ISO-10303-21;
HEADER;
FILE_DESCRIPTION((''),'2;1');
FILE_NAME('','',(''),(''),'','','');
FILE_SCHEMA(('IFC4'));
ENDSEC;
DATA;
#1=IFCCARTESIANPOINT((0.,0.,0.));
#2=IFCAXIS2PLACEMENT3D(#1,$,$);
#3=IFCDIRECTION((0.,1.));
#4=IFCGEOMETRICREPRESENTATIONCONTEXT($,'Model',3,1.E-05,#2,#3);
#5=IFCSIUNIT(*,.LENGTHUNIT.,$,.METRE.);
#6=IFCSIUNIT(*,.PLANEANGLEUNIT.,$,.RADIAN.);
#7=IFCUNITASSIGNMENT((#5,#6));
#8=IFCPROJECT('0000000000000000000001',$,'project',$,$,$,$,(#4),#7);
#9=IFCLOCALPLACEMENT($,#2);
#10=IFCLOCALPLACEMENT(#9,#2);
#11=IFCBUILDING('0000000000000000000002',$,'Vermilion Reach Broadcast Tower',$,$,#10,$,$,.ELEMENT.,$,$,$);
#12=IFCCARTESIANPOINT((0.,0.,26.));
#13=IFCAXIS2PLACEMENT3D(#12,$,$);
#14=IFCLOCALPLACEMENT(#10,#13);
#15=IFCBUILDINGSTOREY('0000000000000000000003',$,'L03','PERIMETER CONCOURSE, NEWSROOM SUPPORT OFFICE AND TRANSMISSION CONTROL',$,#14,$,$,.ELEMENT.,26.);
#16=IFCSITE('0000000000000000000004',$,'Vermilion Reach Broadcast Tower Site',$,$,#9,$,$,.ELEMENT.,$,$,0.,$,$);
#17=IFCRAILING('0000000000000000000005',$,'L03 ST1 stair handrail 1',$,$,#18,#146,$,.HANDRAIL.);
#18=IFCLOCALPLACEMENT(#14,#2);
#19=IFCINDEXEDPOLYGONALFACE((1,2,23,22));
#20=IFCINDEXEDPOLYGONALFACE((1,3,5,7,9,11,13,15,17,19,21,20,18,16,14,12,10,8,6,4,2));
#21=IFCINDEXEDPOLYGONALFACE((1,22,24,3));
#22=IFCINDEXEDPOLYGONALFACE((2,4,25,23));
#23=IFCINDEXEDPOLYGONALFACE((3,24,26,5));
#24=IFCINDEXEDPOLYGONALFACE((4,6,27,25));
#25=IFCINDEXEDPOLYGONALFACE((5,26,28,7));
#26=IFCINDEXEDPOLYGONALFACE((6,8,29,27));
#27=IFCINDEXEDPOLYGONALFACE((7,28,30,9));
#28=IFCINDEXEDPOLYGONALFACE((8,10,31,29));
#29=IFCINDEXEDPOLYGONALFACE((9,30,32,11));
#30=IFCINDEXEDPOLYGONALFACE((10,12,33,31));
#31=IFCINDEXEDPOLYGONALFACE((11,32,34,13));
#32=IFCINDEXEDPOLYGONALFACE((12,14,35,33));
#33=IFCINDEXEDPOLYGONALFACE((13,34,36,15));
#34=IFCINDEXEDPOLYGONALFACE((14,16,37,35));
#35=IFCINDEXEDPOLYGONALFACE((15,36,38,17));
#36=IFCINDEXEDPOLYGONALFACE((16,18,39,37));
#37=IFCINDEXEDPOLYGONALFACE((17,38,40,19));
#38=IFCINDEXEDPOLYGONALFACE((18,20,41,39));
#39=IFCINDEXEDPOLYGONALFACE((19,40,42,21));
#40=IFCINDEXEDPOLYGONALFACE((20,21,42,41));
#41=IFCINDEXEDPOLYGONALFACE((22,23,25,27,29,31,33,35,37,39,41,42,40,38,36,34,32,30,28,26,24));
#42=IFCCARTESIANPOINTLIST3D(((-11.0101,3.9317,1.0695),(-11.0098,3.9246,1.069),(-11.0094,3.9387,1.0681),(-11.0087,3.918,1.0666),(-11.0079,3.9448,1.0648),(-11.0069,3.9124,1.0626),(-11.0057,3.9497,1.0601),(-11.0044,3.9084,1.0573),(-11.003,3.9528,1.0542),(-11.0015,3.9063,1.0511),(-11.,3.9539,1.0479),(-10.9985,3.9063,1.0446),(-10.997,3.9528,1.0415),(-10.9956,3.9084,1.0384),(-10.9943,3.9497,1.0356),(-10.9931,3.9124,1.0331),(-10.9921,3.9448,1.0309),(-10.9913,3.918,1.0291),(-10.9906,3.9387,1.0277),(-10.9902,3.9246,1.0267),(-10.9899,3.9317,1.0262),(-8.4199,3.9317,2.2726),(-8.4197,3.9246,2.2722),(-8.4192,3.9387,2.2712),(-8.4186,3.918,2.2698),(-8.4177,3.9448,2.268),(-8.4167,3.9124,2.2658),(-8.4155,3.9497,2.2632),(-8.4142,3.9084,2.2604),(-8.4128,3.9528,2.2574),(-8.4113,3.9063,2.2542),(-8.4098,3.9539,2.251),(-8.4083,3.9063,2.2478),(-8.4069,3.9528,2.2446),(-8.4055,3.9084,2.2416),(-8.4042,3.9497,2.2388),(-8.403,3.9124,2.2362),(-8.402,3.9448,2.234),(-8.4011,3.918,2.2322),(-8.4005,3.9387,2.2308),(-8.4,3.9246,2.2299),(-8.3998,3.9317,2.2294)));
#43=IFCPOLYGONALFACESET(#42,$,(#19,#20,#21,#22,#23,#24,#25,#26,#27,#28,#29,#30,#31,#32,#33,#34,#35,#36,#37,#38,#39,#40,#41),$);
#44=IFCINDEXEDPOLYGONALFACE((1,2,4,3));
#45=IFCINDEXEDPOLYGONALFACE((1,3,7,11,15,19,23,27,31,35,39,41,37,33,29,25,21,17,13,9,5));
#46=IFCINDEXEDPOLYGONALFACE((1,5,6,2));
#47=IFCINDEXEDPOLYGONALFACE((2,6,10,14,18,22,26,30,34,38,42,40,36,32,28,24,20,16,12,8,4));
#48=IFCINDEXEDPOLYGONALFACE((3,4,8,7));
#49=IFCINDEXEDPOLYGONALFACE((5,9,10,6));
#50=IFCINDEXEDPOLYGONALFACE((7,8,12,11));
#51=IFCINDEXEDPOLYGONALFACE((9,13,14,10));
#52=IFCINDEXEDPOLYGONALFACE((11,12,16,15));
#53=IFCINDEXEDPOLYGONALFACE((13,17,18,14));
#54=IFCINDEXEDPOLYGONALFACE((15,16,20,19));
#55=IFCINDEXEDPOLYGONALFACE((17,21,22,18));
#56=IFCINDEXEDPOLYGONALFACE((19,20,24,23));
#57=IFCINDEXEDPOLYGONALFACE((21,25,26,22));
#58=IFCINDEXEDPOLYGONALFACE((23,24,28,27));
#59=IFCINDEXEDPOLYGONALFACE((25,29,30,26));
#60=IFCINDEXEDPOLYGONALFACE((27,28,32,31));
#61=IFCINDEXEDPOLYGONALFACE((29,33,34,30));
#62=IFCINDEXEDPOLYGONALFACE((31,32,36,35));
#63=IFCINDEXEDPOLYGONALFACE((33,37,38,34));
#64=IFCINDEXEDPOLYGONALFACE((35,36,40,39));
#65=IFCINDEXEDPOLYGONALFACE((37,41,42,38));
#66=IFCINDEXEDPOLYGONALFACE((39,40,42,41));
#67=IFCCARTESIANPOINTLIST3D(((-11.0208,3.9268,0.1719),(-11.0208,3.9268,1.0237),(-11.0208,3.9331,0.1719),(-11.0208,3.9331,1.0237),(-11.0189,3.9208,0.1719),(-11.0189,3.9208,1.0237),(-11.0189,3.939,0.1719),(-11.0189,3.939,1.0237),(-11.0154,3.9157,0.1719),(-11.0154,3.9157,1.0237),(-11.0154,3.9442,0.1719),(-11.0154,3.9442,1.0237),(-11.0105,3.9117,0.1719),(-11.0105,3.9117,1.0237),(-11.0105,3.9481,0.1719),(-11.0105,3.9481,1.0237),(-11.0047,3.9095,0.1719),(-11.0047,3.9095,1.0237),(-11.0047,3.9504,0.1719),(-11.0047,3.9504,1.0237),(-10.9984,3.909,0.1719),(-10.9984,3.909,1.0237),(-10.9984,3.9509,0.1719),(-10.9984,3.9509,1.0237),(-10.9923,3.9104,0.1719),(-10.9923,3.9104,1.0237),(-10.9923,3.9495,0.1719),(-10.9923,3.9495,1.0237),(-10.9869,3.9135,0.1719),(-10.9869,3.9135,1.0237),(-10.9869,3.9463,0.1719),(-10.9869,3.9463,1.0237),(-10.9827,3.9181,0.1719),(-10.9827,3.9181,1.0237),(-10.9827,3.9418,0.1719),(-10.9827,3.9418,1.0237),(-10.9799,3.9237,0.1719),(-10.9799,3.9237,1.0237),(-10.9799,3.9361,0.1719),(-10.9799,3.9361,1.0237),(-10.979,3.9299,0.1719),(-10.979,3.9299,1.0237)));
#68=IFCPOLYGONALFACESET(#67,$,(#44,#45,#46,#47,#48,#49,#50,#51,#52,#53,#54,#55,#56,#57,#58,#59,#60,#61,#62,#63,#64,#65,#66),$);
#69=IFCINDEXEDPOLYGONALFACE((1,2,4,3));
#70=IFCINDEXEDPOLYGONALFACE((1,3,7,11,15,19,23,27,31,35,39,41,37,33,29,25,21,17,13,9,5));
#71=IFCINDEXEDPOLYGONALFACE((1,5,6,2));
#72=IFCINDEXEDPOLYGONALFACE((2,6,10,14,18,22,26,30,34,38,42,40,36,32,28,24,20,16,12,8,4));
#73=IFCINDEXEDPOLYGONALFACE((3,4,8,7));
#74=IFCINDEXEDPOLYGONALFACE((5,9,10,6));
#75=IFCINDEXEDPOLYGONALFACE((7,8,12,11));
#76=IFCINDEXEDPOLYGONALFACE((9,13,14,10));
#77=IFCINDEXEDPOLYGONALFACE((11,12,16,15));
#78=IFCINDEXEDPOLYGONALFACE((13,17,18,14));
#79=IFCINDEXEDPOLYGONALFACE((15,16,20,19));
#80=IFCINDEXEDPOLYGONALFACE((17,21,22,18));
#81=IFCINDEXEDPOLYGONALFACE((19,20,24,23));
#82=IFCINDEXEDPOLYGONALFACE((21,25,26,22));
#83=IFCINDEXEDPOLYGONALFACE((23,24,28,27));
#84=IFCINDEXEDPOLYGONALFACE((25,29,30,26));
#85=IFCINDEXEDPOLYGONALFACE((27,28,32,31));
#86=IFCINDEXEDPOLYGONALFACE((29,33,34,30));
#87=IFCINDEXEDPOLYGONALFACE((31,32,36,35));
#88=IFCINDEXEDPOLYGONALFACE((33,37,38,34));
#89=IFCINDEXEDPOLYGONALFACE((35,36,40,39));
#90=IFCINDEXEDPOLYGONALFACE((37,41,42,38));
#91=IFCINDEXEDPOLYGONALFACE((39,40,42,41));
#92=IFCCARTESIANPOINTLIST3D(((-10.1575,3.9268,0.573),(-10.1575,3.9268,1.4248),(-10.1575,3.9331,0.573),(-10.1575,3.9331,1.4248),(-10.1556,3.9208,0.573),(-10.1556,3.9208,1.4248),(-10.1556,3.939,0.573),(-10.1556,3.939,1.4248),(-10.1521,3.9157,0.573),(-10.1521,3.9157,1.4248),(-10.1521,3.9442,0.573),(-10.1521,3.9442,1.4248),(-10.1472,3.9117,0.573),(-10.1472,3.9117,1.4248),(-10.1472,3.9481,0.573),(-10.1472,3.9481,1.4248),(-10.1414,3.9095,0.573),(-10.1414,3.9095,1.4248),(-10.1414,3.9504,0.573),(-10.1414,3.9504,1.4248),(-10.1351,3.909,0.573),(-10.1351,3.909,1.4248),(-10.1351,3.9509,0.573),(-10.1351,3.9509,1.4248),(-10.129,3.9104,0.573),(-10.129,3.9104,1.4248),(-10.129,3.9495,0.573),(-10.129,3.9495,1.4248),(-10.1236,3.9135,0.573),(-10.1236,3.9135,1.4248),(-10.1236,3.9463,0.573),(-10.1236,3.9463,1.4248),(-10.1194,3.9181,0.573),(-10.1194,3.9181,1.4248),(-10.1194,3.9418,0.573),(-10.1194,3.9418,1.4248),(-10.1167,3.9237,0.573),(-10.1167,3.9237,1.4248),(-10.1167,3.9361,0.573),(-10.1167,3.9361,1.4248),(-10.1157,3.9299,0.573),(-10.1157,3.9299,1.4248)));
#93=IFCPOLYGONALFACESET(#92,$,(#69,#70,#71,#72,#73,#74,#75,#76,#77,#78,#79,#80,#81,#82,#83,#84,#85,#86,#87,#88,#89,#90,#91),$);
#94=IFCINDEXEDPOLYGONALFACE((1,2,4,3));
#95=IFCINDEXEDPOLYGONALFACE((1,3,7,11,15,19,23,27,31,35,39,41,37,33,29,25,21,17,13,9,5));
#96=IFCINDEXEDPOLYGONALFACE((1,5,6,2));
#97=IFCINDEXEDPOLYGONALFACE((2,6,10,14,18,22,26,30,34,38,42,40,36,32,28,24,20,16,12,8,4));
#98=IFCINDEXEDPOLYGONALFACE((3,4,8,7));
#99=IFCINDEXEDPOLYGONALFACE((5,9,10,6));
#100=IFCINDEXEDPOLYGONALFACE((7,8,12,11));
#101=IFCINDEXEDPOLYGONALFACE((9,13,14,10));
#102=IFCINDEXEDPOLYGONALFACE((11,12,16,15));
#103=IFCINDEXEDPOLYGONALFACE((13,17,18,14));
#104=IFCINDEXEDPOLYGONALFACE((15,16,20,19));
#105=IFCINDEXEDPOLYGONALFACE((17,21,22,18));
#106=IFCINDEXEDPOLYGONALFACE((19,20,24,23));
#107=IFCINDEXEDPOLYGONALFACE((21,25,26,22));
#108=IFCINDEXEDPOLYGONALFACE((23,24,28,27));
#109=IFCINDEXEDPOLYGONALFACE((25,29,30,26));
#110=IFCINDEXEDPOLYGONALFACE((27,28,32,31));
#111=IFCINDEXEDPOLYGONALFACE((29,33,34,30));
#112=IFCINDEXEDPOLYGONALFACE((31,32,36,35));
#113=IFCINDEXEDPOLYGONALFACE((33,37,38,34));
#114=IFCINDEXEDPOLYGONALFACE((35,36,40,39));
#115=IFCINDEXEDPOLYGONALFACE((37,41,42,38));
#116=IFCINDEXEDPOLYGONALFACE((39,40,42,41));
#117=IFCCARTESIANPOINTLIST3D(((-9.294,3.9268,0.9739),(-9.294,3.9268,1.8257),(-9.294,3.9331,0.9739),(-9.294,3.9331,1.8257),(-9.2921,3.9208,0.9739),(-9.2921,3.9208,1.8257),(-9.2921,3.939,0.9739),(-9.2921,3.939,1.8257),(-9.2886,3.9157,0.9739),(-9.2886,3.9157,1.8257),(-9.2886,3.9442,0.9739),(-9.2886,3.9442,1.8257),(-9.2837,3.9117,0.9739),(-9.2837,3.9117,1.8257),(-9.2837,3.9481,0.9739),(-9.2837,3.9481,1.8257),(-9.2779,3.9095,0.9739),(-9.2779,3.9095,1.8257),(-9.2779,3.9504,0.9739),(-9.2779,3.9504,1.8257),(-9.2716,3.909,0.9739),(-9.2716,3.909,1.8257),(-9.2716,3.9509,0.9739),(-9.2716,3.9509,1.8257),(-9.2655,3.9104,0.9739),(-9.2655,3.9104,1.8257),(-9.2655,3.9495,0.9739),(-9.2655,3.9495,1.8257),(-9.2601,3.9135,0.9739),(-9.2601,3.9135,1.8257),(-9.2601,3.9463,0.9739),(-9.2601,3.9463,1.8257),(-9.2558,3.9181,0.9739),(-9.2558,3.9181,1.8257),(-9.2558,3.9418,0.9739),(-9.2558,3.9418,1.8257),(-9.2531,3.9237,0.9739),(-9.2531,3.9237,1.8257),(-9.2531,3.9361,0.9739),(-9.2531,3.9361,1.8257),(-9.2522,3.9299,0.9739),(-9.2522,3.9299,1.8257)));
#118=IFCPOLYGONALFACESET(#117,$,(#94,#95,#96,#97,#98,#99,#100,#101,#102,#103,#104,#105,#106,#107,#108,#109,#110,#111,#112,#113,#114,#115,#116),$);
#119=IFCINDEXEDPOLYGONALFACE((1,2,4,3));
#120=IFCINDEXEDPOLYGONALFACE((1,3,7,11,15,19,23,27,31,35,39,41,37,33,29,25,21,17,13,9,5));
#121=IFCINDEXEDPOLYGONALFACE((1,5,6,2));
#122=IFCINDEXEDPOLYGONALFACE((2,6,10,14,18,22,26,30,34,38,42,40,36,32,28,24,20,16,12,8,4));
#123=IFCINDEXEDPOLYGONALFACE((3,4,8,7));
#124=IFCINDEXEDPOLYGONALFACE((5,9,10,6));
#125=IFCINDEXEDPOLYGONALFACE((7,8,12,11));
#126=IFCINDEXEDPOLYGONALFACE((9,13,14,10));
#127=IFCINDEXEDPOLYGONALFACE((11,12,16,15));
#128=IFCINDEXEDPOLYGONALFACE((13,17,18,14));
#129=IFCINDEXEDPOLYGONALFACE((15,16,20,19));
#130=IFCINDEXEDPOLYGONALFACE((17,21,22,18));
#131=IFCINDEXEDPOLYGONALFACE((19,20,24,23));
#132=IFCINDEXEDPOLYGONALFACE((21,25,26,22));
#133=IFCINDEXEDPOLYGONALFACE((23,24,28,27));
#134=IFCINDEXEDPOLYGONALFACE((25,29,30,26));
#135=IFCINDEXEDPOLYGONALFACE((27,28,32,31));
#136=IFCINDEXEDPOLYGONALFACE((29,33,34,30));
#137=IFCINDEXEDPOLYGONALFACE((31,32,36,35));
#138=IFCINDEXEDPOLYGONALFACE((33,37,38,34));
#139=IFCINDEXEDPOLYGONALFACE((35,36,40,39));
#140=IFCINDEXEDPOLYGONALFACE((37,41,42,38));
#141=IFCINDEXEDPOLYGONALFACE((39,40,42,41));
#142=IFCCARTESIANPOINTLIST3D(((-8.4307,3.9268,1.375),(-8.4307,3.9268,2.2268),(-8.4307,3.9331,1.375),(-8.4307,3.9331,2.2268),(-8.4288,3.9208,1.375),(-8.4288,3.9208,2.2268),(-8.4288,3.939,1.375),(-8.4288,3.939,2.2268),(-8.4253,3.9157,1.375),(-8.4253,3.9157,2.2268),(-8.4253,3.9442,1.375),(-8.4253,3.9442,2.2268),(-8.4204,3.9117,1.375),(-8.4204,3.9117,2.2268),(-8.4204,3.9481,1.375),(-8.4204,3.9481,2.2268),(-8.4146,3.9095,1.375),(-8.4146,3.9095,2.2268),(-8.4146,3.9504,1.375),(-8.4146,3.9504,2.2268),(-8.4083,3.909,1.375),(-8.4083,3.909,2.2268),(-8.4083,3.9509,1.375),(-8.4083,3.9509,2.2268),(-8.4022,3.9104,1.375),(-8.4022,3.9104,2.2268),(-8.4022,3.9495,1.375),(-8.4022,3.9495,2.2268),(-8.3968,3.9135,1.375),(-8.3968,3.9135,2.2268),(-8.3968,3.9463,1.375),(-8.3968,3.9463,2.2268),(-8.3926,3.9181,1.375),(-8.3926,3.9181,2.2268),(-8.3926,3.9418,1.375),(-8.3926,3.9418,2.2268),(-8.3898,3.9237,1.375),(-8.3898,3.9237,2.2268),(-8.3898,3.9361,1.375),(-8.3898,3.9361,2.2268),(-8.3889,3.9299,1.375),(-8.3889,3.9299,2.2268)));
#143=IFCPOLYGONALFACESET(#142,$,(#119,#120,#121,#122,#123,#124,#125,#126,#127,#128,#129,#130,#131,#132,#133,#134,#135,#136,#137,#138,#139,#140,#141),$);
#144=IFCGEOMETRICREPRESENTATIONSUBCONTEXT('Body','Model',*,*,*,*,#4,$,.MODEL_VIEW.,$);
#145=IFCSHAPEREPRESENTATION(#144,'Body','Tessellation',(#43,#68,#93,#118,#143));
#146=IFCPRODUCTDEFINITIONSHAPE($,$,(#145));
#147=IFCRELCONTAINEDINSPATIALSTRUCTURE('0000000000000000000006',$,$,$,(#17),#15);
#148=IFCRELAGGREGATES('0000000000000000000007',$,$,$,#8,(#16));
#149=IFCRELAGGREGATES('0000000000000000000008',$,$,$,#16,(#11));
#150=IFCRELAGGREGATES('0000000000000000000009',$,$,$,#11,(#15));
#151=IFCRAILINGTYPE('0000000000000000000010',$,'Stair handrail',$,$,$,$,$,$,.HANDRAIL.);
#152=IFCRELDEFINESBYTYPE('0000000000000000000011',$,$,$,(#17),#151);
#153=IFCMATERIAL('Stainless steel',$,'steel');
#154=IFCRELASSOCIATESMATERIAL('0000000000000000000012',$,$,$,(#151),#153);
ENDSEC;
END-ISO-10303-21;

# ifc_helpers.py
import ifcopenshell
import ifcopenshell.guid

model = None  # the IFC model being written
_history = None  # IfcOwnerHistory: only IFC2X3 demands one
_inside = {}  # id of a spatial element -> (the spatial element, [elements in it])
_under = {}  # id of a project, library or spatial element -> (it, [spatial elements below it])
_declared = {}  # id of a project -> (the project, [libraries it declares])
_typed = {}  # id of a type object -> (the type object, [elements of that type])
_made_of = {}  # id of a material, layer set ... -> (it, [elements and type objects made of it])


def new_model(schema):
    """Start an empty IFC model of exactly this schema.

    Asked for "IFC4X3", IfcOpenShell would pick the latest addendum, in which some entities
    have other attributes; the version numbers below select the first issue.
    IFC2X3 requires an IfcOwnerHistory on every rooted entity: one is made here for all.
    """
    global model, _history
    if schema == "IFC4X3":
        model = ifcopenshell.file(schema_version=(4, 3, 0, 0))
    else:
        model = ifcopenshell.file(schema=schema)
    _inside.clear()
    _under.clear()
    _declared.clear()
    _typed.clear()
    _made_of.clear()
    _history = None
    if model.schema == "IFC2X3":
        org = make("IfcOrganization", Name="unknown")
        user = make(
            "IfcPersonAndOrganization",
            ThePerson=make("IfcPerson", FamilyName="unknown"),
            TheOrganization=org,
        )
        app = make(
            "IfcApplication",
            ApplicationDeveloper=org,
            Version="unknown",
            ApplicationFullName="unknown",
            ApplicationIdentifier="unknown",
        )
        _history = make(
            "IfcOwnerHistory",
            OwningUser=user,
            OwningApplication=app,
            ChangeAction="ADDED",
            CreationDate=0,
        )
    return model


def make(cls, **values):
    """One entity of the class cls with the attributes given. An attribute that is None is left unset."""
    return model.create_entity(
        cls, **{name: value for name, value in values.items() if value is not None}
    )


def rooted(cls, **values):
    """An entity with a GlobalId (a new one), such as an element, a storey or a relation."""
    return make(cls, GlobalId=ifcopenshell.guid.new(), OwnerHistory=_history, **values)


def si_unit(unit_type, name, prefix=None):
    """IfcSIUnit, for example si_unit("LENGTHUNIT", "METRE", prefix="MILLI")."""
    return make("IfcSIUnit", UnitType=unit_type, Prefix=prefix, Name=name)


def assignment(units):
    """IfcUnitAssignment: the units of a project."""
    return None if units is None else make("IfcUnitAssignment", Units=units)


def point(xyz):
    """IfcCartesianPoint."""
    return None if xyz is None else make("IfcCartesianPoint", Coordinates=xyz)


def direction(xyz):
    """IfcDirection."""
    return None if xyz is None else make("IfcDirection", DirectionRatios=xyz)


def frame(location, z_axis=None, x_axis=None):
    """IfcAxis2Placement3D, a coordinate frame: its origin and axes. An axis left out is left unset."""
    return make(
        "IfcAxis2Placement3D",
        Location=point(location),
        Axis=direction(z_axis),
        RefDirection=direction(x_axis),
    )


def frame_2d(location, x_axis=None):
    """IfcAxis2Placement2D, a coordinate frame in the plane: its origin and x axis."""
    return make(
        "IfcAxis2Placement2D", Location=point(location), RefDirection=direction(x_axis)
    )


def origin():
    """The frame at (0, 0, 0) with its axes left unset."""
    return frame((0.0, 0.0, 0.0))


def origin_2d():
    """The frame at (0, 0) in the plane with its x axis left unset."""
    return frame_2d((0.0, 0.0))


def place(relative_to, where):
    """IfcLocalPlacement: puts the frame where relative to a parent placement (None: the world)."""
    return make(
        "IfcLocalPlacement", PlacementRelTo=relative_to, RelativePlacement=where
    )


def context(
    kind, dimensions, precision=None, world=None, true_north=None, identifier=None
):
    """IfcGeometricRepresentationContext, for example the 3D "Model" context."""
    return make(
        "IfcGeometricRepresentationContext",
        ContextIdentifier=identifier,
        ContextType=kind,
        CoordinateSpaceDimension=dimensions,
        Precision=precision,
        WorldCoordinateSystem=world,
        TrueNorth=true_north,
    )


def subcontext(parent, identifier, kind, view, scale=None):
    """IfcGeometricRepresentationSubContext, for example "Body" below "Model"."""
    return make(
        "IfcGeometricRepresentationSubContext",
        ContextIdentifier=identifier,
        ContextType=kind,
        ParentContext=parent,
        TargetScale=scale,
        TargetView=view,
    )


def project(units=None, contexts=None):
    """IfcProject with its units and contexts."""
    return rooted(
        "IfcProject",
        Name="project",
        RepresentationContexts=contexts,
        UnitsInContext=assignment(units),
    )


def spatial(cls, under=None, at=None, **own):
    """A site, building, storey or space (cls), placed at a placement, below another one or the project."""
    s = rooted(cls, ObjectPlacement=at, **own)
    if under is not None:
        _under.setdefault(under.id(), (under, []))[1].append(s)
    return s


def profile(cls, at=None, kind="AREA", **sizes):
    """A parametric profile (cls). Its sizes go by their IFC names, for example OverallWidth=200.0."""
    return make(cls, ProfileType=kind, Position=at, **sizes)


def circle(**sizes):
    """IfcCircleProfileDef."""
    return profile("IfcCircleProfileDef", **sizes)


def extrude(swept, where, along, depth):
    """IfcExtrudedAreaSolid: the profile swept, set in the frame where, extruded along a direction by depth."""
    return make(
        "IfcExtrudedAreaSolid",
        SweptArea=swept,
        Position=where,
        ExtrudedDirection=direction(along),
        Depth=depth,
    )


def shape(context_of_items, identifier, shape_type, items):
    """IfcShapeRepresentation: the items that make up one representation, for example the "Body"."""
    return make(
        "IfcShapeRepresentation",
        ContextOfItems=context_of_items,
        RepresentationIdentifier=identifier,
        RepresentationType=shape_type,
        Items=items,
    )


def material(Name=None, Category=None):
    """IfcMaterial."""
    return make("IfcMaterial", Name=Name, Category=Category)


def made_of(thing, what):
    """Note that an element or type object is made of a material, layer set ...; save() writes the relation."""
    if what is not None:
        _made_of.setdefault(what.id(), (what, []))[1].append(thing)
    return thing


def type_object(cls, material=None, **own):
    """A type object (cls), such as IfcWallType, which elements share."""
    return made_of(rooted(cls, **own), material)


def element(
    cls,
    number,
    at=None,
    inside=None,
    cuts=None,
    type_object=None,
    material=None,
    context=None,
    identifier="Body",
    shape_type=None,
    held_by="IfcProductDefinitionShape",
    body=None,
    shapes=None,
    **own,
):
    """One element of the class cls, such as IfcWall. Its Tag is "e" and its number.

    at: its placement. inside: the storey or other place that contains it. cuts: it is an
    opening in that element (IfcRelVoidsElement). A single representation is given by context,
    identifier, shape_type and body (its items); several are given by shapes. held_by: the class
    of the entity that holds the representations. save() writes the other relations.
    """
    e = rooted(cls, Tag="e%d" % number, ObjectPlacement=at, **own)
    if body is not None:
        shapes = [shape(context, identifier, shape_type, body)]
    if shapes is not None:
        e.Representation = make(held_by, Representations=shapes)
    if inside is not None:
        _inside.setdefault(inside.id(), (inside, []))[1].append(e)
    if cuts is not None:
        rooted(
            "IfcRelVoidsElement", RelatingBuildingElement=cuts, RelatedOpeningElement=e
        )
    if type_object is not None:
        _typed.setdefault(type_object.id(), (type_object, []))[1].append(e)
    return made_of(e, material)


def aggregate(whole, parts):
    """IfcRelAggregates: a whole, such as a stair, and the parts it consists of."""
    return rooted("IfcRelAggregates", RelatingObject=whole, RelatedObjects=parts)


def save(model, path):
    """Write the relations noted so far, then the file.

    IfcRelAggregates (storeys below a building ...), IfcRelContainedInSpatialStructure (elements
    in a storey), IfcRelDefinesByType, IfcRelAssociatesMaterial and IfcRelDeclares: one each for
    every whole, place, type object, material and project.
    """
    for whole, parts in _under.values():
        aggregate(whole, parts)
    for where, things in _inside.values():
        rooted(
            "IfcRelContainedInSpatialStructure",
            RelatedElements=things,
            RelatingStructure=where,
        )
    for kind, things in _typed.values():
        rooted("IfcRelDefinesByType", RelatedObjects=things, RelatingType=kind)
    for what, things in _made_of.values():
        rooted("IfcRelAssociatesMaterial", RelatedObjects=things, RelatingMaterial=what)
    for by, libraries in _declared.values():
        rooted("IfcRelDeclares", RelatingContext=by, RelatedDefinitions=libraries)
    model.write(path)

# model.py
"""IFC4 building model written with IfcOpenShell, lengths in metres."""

from ifc_helpers import new_model, si_unit, direction, frame, origin, origin_2d, place, context, subcontext, project, spatial, circle, extrude, material, type_object, element, save


model = new_model("IFC4")

# Units and contexts
model_context = context("Model", 3, precision=1e-05, world=origin(), true_north=direction((0.0, 1.0)))
body_context = subcontext(model_context, "Body", "Model", "MODEL_VIEW")
ifc_project = project(units=[si_unit("LENGTHUNIT", "METRE"), si_unit("PLANEANGLEUNIT", "RADIAN")], contexts=[model_context])

# Site, building, storey
site_placement = place(None, origin())
site = spatial("IfcSite", under=ifc_project, at=site_placement, Name="Vermilion Reach Broadcast Tower Site", CompositionType="ELEMENT", RefElevation=0.0)
building_placement = place(site_placement, origin())
building = spatial("IfcBuilding", under=site, at=building_placement, Name="Vermilion Reach Broadcast Tower", CompositionType="ELEMENT")
storey_placement = place(building_placement, frame((0.0, 0.0, 26.0)))
storey = spatial("IfcBuildingStorey", under=building, at=storey_placement, Name="L03", Description="PERIMETER CONCOURSE, NEWSROOM SUPPORT OFFICE AND TRANSMISSION CONTROL", CompositionType="ELEMENT", Elevation=26.0)

# Railing
ifc_material_1 = material(Name="Stainless steel", Category="steel")
railing_type_1 = type_object("IfcRailingType", Name="Stair handrail", PredefinedType="HANDRAIL", material=ifc_material_1)
for number, where, name in (
    (1, (-11.0, 3.9299, 0.1719), "L03 ST1 stair handrail 1"),
):
    element("IfcRailing", number, at=place(storey_placement, frame(where)), inside=storey, type_object=railing_type_1, Name=name, PredefinedType="HANDRAIL", context=body_context, shape_type="SweptSolid", body=[
        extrude(circle(Radius=0.0239, at=origin_2d()), frame((0.0, 0.0, 0.876), z_axis=(0.906931, 0.0, 0.42128), x_axis=(0.0, 1.0, 0.0)), (0.0, 0.0, 1.0), 2.856),
        extrude(circle(Radius=0.021, at=origin_2d()), origin(), (0.0, 0.0, 1.0), 0.8518),
        extrude(circle(Radius=0.021, at=origin_2d()), frame((0.8633, 0.0, 0.4011)), (0.0, 0.0, 1.0), 0.8518),
        extrude(circle(Radius=0.021, at=origin_2d()), frame((1.7268, 0.0, 0.802)), (0.0, 0.0, 1.0), 0.8518),
        extrude(circle(Radius=0.021, at=origin_2d()), frame((2.5901, 0.0, 1.2031)), (0.0, 0.0, 1.0), 0.8518),
    ])

save(model, "model.ifc")
